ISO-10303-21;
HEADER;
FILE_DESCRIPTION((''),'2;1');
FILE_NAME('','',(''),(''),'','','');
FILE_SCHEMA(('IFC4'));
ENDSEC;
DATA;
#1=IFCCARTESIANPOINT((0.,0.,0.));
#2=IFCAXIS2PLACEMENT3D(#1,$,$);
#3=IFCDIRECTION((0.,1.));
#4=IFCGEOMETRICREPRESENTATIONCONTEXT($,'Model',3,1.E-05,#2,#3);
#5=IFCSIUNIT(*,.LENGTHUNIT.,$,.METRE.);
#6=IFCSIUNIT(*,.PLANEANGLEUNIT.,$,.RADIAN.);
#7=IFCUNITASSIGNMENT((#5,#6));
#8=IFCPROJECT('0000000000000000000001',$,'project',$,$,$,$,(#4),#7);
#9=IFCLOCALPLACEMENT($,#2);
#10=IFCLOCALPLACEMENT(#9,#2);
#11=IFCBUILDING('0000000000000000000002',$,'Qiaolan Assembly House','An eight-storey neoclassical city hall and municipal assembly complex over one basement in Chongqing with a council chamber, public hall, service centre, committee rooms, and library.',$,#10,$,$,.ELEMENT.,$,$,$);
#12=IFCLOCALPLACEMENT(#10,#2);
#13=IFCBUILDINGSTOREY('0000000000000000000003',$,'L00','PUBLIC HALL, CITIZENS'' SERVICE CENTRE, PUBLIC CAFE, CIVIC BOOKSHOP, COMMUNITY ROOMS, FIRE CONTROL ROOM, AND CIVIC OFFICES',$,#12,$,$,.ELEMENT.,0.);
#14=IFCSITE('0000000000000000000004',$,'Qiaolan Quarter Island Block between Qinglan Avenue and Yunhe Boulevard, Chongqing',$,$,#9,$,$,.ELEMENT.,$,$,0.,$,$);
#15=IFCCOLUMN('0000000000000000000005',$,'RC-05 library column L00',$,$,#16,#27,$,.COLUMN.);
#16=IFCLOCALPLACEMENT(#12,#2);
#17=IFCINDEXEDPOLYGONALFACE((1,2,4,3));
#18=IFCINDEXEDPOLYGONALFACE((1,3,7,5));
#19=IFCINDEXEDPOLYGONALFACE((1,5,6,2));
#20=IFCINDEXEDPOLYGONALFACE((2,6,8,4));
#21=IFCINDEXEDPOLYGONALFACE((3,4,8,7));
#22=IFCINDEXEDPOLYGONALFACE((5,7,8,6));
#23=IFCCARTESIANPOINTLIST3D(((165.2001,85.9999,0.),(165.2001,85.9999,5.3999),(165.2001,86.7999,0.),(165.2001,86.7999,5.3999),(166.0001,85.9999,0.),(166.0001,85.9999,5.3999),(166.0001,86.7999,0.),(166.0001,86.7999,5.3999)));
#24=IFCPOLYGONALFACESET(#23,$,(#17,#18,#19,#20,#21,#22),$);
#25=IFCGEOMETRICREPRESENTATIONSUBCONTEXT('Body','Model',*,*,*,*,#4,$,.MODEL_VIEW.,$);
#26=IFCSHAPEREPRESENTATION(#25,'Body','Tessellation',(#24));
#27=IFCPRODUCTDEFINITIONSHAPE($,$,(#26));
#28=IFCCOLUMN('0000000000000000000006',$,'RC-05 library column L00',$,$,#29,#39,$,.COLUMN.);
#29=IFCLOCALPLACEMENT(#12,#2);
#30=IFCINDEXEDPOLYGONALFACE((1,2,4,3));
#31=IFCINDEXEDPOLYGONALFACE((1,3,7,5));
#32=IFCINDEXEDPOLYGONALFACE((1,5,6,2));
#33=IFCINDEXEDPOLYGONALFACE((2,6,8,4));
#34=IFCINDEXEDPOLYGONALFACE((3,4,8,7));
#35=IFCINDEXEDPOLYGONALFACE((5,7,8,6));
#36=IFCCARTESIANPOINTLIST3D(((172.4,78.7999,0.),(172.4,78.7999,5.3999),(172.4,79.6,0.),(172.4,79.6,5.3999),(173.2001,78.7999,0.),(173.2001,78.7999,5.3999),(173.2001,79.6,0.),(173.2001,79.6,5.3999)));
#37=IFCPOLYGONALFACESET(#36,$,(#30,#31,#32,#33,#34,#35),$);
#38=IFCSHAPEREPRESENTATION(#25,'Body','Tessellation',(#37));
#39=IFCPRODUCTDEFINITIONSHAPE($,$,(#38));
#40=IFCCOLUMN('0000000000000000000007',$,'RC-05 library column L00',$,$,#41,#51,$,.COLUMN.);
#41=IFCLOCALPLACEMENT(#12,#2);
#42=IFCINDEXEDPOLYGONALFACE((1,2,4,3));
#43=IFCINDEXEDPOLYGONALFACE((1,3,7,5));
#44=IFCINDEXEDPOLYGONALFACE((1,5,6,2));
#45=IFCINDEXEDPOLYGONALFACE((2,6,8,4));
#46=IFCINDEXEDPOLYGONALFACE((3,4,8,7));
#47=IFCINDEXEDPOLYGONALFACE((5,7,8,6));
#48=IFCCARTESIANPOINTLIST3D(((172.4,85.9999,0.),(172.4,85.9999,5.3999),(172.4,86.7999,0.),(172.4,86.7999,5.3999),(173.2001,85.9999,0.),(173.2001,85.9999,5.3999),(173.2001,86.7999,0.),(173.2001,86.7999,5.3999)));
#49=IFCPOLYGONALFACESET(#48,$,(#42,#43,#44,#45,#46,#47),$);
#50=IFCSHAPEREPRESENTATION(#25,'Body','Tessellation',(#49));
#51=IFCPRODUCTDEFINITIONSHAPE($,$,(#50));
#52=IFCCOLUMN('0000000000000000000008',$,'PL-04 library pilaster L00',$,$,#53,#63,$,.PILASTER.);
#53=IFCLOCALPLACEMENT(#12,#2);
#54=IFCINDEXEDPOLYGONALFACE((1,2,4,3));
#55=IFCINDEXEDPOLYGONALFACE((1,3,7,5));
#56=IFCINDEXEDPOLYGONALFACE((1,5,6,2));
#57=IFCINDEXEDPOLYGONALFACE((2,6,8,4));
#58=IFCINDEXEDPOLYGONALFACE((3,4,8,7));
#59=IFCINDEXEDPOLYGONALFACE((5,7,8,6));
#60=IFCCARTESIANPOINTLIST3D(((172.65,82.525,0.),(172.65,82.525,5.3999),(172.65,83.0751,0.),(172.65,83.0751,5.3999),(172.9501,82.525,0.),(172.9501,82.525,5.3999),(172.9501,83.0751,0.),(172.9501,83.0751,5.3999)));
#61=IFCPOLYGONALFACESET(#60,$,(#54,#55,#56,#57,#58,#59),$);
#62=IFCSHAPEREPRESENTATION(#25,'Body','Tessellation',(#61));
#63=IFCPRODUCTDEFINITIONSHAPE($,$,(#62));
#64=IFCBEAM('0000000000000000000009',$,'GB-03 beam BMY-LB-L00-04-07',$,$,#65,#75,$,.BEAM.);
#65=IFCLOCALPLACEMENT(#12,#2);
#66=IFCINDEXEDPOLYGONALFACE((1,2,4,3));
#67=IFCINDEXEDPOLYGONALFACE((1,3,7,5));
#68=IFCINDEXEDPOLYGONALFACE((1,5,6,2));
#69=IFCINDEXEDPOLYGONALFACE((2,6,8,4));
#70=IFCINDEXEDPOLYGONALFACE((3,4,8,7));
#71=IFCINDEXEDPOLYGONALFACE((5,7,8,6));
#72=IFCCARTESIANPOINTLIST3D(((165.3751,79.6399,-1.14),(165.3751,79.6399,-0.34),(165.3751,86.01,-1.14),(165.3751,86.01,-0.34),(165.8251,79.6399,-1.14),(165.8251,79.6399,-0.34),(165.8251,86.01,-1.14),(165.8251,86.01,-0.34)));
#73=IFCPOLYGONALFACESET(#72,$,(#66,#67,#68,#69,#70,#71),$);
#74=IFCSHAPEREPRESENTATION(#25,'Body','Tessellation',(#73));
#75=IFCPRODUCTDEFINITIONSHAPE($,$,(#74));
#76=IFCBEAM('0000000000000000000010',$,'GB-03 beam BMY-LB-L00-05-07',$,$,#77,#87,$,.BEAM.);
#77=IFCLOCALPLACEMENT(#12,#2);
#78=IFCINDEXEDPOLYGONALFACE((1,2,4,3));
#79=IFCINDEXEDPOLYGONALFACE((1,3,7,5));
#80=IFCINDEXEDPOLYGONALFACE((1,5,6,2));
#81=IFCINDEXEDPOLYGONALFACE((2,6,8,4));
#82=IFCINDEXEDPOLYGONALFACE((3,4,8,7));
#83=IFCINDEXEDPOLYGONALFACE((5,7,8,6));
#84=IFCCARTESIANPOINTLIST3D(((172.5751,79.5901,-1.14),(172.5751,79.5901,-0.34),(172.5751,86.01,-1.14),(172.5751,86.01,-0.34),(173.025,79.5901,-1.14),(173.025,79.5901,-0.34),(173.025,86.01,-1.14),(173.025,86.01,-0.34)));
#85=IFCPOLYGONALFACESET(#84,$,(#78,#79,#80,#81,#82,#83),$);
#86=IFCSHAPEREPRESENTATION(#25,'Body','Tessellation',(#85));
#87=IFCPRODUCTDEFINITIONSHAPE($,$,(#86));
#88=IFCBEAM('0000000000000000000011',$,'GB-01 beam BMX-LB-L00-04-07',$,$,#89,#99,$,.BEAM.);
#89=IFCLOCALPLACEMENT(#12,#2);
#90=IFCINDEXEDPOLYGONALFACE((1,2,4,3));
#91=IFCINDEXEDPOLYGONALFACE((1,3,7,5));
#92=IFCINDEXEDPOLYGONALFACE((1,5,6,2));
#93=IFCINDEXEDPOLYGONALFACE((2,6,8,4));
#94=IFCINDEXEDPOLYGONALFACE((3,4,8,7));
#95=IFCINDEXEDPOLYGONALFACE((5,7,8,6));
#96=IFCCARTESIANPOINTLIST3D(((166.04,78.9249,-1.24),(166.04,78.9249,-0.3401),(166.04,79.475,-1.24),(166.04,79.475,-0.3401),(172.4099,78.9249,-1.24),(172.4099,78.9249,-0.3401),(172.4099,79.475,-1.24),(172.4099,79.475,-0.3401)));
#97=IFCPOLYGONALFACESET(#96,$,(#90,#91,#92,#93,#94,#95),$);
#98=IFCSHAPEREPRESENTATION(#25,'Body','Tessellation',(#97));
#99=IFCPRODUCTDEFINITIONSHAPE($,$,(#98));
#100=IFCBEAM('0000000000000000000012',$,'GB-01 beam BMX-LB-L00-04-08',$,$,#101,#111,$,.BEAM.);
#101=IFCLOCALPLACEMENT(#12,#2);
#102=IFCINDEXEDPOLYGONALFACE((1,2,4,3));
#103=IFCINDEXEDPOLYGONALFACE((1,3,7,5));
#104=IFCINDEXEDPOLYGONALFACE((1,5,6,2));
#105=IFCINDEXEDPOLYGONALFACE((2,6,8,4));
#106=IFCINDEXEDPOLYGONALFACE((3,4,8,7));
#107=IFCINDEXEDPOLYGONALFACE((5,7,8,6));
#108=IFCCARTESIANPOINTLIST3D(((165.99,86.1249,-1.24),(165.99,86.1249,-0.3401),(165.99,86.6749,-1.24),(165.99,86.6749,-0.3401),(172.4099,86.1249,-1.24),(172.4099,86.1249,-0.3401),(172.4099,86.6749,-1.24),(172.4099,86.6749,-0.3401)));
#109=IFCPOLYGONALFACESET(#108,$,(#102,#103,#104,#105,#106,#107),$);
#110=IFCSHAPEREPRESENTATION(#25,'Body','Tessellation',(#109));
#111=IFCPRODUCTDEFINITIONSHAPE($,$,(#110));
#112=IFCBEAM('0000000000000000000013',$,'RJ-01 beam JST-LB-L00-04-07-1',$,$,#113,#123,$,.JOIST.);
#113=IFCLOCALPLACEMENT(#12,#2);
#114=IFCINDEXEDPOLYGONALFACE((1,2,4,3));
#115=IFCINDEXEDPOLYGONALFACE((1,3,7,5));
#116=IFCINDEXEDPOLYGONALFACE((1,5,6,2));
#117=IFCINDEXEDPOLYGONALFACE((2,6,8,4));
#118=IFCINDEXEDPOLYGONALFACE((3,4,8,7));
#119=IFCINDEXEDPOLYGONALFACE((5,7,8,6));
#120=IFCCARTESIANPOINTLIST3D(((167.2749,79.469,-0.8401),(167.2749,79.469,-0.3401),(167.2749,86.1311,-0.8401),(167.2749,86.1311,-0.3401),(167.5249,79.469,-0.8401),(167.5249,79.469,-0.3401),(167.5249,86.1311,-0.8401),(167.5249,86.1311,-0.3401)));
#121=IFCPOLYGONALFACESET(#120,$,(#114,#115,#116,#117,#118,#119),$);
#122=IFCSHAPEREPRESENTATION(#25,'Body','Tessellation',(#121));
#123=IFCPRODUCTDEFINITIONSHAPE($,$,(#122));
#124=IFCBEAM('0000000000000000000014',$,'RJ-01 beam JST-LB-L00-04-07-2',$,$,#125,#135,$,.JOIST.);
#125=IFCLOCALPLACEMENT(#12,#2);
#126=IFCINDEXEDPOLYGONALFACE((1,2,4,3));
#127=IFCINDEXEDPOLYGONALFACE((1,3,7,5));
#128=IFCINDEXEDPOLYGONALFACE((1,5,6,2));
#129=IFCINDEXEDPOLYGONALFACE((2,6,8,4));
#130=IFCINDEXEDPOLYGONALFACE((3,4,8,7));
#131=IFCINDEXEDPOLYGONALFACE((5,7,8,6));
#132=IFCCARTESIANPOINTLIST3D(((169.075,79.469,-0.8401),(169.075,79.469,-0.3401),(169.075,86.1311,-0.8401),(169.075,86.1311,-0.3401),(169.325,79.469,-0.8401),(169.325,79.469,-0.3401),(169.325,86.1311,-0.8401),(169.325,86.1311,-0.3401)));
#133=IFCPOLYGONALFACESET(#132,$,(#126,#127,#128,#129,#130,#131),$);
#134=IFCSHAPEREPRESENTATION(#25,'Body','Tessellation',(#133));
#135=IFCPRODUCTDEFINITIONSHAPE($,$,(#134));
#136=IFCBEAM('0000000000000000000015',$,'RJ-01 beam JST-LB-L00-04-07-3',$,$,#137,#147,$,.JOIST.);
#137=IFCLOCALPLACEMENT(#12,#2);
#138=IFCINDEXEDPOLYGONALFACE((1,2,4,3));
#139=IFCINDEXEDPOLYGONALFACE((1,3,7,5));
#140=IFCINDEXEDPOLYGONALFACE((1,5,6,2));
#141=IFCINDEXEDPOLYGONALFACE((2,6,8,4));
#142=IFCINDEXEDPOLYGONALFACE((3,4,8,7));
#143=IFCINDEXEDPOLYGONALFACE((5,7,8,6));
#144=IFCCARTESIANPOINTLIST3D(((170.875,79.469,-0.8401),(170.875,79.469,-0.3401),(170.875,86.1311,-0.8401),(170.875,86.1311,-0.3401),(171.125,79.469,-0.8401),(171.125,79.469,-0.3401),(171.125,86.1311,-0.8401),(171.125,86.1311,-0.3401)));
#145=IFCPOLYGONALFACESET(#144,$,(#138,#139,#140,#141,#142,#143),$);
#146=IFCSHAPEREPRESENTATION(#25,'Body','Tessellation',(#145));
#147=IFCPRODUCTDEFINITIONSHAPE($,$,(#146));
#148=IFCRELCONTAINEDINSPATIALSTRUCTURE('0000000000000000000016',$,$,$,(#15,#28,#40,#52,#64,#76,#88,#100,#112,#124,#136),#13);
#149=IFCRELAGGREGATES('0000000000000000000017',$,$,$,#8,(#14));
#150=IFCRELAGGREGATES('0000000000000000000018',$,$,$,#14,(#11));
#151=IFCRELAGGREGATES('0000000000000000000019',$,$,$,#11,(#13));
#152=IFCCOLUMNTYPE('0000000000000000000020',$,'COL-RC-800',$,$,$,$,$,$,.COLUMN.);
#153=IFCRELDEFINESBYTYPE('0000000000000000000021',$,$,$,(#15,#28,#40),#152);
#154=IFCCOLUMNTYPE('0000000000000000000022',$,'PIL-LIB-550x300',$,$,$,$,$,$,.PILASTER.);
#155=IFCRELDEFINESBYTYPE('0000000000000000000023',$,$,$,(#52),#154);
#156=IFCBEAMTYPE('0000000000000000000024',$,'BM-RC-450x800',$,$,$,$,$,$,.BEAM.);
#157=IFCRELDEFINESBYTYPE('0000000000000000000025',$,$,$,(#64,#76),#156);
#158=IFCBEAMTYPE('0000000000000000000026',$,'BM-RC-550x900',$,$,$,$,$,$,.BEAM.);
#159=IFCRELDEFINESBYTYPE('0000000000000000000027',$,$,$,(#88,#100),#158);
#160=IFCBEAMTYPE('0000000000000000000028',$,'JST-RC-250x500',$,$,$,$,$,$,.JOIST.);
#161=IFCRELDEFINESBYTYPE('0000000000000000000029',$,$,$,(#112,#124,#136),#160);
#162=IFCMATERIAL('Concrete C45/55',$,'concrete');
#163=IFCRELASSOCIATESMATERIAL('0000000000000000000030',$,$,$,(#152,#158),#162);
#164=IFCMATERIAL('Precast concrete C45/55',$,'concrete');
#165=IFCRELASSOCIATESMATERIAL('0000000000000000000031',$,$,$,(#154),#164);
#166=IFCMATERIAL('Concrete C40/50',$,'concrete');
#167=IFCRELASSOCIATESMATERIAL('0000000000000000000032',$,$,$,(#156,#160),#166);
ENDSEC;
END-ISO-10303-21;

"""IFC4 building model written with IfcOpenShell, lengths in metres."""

from ifc_helpers import new_model, si_unit, direction, frame, origin, origin_2d, place, context, subcontext, project, spatial, rectangle, extrude, material, material_profile, profile_set, type_object, element, save


model = new_model("IFC4")

# Units and contexts
model_context = context("Model", 3, precision=1e-05, world=origin(), true_north=direction((0.0, 1.0)))
body_context = subcontext(model_context, "Body", "Model", "MODEL_VIEW")
ifc_project = project(units=[si_unit("LENGTHUNIT", "METRE"), si_unit("PLANEANGLEUNIT", "RADIAN")], contexts=[model_context])

# Site, building, storey
site_placement = place(None, origin())
site = spatial("IfcSite", under=ifc_project, at=site_placement, Name="Qiaolan Quarter Island Block between Qinglan Avenue and Yunhe Boulevard, Chongqing", CompositionType="ELEMENT", RefElevation=0.0)
building_placement = place(site_placement, origin())
building = spatial("IfcBuilding", under=site, at=building_placement, Name="Qiaolan Assembly House", Description="An eight-storey neoclassical city hall and municipal assembly complex over one basement in Chongqing with a council chamber, public hall, service centre, committee rooms, and library.", CompositionType="ELEMENT")
storey_placement = place(building_placement, origin())
storey = spatial("IfcBuildingStorey", under=building, at=storey_placement, Name="L00", Description="PUBLIC HALL, CITIZENS' SERVICE CENTRE, PUBLIC CAFE, CIVIC BOOKSHOP, COMMUNITY ROOMS, FIRE CONTROL ROOM, AND CIVIC OFFICES", CompositionType="ELEMENT", Elevation=0.0)

# Columns
ifc_material_1 = material(Name="Concrete C45/55", Category="concrete")
ifc_material_profile_1 = material_profile(ifc_material_1, rectangle(XDim=0.8, YDim=0.8, at=origin_2d()), Name="RC 800x800")
ifc_profile_set_1 = profile_set([ifc_material_profile_1], Name="Concrete C45/55")
column_type_1 = type_object("IfcColumnType", Name="COL-RC-800", PredefinedType="COLUMN", material=ifc_profile_set_1)
for number, where, z_axis, x_axis, name in (
    (1, (165.6001, 86.3999, 0.0), (0.0, 0.0, 1.0), (1.0, 0.0, 0.0), "RC-05 library column L00"),
    (2, (172.8, 79.2, 0.0), (0.0, 0.0, 1.0), (1.0, 0.0, 0.0), "RC-05 library column L00"),
    (3, (172.8, 86.3999, 0.0), (0.0, 0.0, 1.0), (1.0, 0.0, 0.0), "RC-05 library column L00"),
):
    element("IfcColumn", number, at=place(storey_placement, frame(where, z_axis=z_axis, x_axis=x_axis)), inside=storey, type_object=column_type_1, Name=name, PredefinedType="COLUMN", context=body_context, shape_type="SweptSolid", body=[
        extrude(rectangle(XDim=0.8, YDim=0.8, at=origin_2d()), origin(), (0.0, 0.0, 1.0), 5.3999),
    ])
ifc_material_2 = material(Name="Precast concrete C45/55", Category="concrete")
ifc_material_profile_2 = material_profile(ifc_material_2, rectangle(XDim=0.55, YDim=0.3, at=origin_2d()), Name="PIL 550x300")
ifc_profile_set_2 = profile_set([ifc_material_profile_2], Name="Precast concrete C45/55")
column_type_2 = type_object("IfcColumnType", Name="PIL-LIB-550x300", PredefinedType="PILASTER", material=ifc_profile_set_2)
column_placement = place(storey_placement, frame((172.8, 82.8, 0.0), z_axis=(0.0, 0.0, 1.0), x_axis=(0.0, 1.0, 0.0)))
element("IfcColumn", 4, at=column_placement, inside=storey, type_object=column_type_2, Name="PL-04 library pilaster L00", PredefinedType="PILASTER", context=body_context, shape_type="SweptSolid", body=[
    extrude(rectangle(XDim=0.55, YDim=0.3, at=origin_2d()), origin(), (0.0, 0.0, 1.0), 5.3999),
])

# Beams
ifc_material_3 = material(Name="Concrete C40/50", Category="concrete")
ifc_material_profile_3 = material_profile(ifc_material_3, rectangle(XDim=0.45, YDim=0.8, at=origin_2d()), Name="RCB 450x800")
ifc_profile_set_3 = profile_set([ifc_material_profile_3], Name="Concrete C40/50")
beam_type_1 = type_object("IfcBeamType", Name="BM-RC-450x800", PredefinedType="BEAM", material=ifc_profile_set_3)
beam_1_placement = place(storey_placement, frame((165.6001, 79.6399, -0.74), z_axis=(0.0, 1.0, 0.0), x_axis=(-1.0, 0.0, 0.0)))
element("IfcBeam", 5, at=beam_1_placement, inside=storey, type_object=beam_type_1, Name="GB-03 beam BMY-LB-L00-04-07", PredefinedType="BEAM", context=body_context, shape_type="SweptSolid", body=[
    extrude(rectangle(XDim=0.45, YDim=0.8, at=origin_2d()), origin(), (0.0, 0.0, 1.0), 6.3701),
])
beam_2_placement = place(storey_placement, frame((172.8, 79.5901, -0.74), z_axis=(0.0, 1.0, 0.0), x_axis=(-1.0, 0.0, 0.0)))
element("IfcBeam", 6, at=beam_2_placement, inside=storey, type_object=beam_type_1, Name="GB-03 beam BMY-LB-L00-05-07", PredefinedType="BEAM", context=body_context, shape_type="SweptSolid", body=[
    extrude(rectangle(XDim=0.45, YDim=0.8, at=origin_2d()), origin(), (0.0, 0.0, 1.0), 6.4199),
])
ifc_material_profile_4 = material_profile(ifc_material_1, rectangle(XDim=0.55, YDim=0.8999, at=origin_2d()), Name="RCB 550x900")
ifc_profile_set_4 = profile_set([ifc_material_profile_4], Name="Concrete C45/55")
beam_type_2 = type_object("IfcBeamType", Name="BM-RC-550x900", PredefinedType="BEAM", material=ifc_profile_set_4)
beam_3_placement = place(storey_placement, frame((166.04, 79.2, -0.79), z_axis=(1.0, 0.0, 0.0), x_axis=(0.0, 1.0, 0.0)))
element("IfcBeam", 7, at=beam_3_placement, inside=storey, type_object=beam_type_2, Name="GB-01 beam BMX-LB-L00-04-07", PredefinedType="BEAM", context=body_context, shape_type="SweptSolid", body=[
    extrude(rectangle(XDim=0.55, YDim=0.8999, at=origin_2d()), origin(), (0.0, 0.0, 1.0), 6.3699),
])
beam_4_placement = place(storey_placement, frame((165.99, 86.3999, -0.79), z_axis=(1.0, 0.0, 0.0), x_axis=(0.0, 1.0, 0.0)))
element("IfcBeam", 8, at=beam_4_placement, inside=storey, type_object=beam_type_2, Name="GB-01 beam BMX-LB-L00-04-08", PredefinedType="BEAM", context=body_context, shape_type="SweptSolid", body=[
    extrude(rectangle(XDim=0.55, YDim=0.8999, at=origin_2d()), origin(), (0.0, 0.0, 1.0), 6.4199),
])
ifc_material_profile_5 = material_profile(ifc_material_3, rectangle(XDim=0.25, YDim=0.5, at=origin_2d()), Name="RCB 250x500")
ifc_profile_set_5 = profile_set([ifc_material_profile_5], Name="Concrete C40/50")
beam_type_3 = type_object("IfcBeamType", Name="JST-RC-250x500", PredefinedType="JOIST", material=ifc_profile_set_5)
for number, where, z_axis, x_axis, name in (
    (9, (167.3999, 79.469, -0.5901), (0.0, 1.0, 0.0), (-1.0, 0.0, 0.0), "RJ-01 beam JST-LB-L00-04-07-1"),
    (10, (169.2, 79.469, -0.5901), (0.0, 1.0, 0.0), (-1.0, 0.0, 0.0), "RJ-01 beam JST-LB-L00-04-07-2"),
    (11, (171.0, 79.469, -0.5901), (0.0, 1.0, 0.0), (-1.0, 0.0, 0.0), "RJ-01 beam JST-LB-L00-04-07-3"),
):
    element("IfcBeam", number, at=place(storey_placement, frame(where, z_axis=z_axis, x_axis=x_axis)), inside=storey, type_object=beam_type_3, Name=name, PredefinedType="JOIST", context=body_context, shape_type="SweptSolid", body=[
        extrude(rectangle(XDim=0.25, YDim=0.5, at=origin_2d()), origin(), (0.0, 0.0, 1.0), 6.6621),
    ])

save(model, "model.ifc")
